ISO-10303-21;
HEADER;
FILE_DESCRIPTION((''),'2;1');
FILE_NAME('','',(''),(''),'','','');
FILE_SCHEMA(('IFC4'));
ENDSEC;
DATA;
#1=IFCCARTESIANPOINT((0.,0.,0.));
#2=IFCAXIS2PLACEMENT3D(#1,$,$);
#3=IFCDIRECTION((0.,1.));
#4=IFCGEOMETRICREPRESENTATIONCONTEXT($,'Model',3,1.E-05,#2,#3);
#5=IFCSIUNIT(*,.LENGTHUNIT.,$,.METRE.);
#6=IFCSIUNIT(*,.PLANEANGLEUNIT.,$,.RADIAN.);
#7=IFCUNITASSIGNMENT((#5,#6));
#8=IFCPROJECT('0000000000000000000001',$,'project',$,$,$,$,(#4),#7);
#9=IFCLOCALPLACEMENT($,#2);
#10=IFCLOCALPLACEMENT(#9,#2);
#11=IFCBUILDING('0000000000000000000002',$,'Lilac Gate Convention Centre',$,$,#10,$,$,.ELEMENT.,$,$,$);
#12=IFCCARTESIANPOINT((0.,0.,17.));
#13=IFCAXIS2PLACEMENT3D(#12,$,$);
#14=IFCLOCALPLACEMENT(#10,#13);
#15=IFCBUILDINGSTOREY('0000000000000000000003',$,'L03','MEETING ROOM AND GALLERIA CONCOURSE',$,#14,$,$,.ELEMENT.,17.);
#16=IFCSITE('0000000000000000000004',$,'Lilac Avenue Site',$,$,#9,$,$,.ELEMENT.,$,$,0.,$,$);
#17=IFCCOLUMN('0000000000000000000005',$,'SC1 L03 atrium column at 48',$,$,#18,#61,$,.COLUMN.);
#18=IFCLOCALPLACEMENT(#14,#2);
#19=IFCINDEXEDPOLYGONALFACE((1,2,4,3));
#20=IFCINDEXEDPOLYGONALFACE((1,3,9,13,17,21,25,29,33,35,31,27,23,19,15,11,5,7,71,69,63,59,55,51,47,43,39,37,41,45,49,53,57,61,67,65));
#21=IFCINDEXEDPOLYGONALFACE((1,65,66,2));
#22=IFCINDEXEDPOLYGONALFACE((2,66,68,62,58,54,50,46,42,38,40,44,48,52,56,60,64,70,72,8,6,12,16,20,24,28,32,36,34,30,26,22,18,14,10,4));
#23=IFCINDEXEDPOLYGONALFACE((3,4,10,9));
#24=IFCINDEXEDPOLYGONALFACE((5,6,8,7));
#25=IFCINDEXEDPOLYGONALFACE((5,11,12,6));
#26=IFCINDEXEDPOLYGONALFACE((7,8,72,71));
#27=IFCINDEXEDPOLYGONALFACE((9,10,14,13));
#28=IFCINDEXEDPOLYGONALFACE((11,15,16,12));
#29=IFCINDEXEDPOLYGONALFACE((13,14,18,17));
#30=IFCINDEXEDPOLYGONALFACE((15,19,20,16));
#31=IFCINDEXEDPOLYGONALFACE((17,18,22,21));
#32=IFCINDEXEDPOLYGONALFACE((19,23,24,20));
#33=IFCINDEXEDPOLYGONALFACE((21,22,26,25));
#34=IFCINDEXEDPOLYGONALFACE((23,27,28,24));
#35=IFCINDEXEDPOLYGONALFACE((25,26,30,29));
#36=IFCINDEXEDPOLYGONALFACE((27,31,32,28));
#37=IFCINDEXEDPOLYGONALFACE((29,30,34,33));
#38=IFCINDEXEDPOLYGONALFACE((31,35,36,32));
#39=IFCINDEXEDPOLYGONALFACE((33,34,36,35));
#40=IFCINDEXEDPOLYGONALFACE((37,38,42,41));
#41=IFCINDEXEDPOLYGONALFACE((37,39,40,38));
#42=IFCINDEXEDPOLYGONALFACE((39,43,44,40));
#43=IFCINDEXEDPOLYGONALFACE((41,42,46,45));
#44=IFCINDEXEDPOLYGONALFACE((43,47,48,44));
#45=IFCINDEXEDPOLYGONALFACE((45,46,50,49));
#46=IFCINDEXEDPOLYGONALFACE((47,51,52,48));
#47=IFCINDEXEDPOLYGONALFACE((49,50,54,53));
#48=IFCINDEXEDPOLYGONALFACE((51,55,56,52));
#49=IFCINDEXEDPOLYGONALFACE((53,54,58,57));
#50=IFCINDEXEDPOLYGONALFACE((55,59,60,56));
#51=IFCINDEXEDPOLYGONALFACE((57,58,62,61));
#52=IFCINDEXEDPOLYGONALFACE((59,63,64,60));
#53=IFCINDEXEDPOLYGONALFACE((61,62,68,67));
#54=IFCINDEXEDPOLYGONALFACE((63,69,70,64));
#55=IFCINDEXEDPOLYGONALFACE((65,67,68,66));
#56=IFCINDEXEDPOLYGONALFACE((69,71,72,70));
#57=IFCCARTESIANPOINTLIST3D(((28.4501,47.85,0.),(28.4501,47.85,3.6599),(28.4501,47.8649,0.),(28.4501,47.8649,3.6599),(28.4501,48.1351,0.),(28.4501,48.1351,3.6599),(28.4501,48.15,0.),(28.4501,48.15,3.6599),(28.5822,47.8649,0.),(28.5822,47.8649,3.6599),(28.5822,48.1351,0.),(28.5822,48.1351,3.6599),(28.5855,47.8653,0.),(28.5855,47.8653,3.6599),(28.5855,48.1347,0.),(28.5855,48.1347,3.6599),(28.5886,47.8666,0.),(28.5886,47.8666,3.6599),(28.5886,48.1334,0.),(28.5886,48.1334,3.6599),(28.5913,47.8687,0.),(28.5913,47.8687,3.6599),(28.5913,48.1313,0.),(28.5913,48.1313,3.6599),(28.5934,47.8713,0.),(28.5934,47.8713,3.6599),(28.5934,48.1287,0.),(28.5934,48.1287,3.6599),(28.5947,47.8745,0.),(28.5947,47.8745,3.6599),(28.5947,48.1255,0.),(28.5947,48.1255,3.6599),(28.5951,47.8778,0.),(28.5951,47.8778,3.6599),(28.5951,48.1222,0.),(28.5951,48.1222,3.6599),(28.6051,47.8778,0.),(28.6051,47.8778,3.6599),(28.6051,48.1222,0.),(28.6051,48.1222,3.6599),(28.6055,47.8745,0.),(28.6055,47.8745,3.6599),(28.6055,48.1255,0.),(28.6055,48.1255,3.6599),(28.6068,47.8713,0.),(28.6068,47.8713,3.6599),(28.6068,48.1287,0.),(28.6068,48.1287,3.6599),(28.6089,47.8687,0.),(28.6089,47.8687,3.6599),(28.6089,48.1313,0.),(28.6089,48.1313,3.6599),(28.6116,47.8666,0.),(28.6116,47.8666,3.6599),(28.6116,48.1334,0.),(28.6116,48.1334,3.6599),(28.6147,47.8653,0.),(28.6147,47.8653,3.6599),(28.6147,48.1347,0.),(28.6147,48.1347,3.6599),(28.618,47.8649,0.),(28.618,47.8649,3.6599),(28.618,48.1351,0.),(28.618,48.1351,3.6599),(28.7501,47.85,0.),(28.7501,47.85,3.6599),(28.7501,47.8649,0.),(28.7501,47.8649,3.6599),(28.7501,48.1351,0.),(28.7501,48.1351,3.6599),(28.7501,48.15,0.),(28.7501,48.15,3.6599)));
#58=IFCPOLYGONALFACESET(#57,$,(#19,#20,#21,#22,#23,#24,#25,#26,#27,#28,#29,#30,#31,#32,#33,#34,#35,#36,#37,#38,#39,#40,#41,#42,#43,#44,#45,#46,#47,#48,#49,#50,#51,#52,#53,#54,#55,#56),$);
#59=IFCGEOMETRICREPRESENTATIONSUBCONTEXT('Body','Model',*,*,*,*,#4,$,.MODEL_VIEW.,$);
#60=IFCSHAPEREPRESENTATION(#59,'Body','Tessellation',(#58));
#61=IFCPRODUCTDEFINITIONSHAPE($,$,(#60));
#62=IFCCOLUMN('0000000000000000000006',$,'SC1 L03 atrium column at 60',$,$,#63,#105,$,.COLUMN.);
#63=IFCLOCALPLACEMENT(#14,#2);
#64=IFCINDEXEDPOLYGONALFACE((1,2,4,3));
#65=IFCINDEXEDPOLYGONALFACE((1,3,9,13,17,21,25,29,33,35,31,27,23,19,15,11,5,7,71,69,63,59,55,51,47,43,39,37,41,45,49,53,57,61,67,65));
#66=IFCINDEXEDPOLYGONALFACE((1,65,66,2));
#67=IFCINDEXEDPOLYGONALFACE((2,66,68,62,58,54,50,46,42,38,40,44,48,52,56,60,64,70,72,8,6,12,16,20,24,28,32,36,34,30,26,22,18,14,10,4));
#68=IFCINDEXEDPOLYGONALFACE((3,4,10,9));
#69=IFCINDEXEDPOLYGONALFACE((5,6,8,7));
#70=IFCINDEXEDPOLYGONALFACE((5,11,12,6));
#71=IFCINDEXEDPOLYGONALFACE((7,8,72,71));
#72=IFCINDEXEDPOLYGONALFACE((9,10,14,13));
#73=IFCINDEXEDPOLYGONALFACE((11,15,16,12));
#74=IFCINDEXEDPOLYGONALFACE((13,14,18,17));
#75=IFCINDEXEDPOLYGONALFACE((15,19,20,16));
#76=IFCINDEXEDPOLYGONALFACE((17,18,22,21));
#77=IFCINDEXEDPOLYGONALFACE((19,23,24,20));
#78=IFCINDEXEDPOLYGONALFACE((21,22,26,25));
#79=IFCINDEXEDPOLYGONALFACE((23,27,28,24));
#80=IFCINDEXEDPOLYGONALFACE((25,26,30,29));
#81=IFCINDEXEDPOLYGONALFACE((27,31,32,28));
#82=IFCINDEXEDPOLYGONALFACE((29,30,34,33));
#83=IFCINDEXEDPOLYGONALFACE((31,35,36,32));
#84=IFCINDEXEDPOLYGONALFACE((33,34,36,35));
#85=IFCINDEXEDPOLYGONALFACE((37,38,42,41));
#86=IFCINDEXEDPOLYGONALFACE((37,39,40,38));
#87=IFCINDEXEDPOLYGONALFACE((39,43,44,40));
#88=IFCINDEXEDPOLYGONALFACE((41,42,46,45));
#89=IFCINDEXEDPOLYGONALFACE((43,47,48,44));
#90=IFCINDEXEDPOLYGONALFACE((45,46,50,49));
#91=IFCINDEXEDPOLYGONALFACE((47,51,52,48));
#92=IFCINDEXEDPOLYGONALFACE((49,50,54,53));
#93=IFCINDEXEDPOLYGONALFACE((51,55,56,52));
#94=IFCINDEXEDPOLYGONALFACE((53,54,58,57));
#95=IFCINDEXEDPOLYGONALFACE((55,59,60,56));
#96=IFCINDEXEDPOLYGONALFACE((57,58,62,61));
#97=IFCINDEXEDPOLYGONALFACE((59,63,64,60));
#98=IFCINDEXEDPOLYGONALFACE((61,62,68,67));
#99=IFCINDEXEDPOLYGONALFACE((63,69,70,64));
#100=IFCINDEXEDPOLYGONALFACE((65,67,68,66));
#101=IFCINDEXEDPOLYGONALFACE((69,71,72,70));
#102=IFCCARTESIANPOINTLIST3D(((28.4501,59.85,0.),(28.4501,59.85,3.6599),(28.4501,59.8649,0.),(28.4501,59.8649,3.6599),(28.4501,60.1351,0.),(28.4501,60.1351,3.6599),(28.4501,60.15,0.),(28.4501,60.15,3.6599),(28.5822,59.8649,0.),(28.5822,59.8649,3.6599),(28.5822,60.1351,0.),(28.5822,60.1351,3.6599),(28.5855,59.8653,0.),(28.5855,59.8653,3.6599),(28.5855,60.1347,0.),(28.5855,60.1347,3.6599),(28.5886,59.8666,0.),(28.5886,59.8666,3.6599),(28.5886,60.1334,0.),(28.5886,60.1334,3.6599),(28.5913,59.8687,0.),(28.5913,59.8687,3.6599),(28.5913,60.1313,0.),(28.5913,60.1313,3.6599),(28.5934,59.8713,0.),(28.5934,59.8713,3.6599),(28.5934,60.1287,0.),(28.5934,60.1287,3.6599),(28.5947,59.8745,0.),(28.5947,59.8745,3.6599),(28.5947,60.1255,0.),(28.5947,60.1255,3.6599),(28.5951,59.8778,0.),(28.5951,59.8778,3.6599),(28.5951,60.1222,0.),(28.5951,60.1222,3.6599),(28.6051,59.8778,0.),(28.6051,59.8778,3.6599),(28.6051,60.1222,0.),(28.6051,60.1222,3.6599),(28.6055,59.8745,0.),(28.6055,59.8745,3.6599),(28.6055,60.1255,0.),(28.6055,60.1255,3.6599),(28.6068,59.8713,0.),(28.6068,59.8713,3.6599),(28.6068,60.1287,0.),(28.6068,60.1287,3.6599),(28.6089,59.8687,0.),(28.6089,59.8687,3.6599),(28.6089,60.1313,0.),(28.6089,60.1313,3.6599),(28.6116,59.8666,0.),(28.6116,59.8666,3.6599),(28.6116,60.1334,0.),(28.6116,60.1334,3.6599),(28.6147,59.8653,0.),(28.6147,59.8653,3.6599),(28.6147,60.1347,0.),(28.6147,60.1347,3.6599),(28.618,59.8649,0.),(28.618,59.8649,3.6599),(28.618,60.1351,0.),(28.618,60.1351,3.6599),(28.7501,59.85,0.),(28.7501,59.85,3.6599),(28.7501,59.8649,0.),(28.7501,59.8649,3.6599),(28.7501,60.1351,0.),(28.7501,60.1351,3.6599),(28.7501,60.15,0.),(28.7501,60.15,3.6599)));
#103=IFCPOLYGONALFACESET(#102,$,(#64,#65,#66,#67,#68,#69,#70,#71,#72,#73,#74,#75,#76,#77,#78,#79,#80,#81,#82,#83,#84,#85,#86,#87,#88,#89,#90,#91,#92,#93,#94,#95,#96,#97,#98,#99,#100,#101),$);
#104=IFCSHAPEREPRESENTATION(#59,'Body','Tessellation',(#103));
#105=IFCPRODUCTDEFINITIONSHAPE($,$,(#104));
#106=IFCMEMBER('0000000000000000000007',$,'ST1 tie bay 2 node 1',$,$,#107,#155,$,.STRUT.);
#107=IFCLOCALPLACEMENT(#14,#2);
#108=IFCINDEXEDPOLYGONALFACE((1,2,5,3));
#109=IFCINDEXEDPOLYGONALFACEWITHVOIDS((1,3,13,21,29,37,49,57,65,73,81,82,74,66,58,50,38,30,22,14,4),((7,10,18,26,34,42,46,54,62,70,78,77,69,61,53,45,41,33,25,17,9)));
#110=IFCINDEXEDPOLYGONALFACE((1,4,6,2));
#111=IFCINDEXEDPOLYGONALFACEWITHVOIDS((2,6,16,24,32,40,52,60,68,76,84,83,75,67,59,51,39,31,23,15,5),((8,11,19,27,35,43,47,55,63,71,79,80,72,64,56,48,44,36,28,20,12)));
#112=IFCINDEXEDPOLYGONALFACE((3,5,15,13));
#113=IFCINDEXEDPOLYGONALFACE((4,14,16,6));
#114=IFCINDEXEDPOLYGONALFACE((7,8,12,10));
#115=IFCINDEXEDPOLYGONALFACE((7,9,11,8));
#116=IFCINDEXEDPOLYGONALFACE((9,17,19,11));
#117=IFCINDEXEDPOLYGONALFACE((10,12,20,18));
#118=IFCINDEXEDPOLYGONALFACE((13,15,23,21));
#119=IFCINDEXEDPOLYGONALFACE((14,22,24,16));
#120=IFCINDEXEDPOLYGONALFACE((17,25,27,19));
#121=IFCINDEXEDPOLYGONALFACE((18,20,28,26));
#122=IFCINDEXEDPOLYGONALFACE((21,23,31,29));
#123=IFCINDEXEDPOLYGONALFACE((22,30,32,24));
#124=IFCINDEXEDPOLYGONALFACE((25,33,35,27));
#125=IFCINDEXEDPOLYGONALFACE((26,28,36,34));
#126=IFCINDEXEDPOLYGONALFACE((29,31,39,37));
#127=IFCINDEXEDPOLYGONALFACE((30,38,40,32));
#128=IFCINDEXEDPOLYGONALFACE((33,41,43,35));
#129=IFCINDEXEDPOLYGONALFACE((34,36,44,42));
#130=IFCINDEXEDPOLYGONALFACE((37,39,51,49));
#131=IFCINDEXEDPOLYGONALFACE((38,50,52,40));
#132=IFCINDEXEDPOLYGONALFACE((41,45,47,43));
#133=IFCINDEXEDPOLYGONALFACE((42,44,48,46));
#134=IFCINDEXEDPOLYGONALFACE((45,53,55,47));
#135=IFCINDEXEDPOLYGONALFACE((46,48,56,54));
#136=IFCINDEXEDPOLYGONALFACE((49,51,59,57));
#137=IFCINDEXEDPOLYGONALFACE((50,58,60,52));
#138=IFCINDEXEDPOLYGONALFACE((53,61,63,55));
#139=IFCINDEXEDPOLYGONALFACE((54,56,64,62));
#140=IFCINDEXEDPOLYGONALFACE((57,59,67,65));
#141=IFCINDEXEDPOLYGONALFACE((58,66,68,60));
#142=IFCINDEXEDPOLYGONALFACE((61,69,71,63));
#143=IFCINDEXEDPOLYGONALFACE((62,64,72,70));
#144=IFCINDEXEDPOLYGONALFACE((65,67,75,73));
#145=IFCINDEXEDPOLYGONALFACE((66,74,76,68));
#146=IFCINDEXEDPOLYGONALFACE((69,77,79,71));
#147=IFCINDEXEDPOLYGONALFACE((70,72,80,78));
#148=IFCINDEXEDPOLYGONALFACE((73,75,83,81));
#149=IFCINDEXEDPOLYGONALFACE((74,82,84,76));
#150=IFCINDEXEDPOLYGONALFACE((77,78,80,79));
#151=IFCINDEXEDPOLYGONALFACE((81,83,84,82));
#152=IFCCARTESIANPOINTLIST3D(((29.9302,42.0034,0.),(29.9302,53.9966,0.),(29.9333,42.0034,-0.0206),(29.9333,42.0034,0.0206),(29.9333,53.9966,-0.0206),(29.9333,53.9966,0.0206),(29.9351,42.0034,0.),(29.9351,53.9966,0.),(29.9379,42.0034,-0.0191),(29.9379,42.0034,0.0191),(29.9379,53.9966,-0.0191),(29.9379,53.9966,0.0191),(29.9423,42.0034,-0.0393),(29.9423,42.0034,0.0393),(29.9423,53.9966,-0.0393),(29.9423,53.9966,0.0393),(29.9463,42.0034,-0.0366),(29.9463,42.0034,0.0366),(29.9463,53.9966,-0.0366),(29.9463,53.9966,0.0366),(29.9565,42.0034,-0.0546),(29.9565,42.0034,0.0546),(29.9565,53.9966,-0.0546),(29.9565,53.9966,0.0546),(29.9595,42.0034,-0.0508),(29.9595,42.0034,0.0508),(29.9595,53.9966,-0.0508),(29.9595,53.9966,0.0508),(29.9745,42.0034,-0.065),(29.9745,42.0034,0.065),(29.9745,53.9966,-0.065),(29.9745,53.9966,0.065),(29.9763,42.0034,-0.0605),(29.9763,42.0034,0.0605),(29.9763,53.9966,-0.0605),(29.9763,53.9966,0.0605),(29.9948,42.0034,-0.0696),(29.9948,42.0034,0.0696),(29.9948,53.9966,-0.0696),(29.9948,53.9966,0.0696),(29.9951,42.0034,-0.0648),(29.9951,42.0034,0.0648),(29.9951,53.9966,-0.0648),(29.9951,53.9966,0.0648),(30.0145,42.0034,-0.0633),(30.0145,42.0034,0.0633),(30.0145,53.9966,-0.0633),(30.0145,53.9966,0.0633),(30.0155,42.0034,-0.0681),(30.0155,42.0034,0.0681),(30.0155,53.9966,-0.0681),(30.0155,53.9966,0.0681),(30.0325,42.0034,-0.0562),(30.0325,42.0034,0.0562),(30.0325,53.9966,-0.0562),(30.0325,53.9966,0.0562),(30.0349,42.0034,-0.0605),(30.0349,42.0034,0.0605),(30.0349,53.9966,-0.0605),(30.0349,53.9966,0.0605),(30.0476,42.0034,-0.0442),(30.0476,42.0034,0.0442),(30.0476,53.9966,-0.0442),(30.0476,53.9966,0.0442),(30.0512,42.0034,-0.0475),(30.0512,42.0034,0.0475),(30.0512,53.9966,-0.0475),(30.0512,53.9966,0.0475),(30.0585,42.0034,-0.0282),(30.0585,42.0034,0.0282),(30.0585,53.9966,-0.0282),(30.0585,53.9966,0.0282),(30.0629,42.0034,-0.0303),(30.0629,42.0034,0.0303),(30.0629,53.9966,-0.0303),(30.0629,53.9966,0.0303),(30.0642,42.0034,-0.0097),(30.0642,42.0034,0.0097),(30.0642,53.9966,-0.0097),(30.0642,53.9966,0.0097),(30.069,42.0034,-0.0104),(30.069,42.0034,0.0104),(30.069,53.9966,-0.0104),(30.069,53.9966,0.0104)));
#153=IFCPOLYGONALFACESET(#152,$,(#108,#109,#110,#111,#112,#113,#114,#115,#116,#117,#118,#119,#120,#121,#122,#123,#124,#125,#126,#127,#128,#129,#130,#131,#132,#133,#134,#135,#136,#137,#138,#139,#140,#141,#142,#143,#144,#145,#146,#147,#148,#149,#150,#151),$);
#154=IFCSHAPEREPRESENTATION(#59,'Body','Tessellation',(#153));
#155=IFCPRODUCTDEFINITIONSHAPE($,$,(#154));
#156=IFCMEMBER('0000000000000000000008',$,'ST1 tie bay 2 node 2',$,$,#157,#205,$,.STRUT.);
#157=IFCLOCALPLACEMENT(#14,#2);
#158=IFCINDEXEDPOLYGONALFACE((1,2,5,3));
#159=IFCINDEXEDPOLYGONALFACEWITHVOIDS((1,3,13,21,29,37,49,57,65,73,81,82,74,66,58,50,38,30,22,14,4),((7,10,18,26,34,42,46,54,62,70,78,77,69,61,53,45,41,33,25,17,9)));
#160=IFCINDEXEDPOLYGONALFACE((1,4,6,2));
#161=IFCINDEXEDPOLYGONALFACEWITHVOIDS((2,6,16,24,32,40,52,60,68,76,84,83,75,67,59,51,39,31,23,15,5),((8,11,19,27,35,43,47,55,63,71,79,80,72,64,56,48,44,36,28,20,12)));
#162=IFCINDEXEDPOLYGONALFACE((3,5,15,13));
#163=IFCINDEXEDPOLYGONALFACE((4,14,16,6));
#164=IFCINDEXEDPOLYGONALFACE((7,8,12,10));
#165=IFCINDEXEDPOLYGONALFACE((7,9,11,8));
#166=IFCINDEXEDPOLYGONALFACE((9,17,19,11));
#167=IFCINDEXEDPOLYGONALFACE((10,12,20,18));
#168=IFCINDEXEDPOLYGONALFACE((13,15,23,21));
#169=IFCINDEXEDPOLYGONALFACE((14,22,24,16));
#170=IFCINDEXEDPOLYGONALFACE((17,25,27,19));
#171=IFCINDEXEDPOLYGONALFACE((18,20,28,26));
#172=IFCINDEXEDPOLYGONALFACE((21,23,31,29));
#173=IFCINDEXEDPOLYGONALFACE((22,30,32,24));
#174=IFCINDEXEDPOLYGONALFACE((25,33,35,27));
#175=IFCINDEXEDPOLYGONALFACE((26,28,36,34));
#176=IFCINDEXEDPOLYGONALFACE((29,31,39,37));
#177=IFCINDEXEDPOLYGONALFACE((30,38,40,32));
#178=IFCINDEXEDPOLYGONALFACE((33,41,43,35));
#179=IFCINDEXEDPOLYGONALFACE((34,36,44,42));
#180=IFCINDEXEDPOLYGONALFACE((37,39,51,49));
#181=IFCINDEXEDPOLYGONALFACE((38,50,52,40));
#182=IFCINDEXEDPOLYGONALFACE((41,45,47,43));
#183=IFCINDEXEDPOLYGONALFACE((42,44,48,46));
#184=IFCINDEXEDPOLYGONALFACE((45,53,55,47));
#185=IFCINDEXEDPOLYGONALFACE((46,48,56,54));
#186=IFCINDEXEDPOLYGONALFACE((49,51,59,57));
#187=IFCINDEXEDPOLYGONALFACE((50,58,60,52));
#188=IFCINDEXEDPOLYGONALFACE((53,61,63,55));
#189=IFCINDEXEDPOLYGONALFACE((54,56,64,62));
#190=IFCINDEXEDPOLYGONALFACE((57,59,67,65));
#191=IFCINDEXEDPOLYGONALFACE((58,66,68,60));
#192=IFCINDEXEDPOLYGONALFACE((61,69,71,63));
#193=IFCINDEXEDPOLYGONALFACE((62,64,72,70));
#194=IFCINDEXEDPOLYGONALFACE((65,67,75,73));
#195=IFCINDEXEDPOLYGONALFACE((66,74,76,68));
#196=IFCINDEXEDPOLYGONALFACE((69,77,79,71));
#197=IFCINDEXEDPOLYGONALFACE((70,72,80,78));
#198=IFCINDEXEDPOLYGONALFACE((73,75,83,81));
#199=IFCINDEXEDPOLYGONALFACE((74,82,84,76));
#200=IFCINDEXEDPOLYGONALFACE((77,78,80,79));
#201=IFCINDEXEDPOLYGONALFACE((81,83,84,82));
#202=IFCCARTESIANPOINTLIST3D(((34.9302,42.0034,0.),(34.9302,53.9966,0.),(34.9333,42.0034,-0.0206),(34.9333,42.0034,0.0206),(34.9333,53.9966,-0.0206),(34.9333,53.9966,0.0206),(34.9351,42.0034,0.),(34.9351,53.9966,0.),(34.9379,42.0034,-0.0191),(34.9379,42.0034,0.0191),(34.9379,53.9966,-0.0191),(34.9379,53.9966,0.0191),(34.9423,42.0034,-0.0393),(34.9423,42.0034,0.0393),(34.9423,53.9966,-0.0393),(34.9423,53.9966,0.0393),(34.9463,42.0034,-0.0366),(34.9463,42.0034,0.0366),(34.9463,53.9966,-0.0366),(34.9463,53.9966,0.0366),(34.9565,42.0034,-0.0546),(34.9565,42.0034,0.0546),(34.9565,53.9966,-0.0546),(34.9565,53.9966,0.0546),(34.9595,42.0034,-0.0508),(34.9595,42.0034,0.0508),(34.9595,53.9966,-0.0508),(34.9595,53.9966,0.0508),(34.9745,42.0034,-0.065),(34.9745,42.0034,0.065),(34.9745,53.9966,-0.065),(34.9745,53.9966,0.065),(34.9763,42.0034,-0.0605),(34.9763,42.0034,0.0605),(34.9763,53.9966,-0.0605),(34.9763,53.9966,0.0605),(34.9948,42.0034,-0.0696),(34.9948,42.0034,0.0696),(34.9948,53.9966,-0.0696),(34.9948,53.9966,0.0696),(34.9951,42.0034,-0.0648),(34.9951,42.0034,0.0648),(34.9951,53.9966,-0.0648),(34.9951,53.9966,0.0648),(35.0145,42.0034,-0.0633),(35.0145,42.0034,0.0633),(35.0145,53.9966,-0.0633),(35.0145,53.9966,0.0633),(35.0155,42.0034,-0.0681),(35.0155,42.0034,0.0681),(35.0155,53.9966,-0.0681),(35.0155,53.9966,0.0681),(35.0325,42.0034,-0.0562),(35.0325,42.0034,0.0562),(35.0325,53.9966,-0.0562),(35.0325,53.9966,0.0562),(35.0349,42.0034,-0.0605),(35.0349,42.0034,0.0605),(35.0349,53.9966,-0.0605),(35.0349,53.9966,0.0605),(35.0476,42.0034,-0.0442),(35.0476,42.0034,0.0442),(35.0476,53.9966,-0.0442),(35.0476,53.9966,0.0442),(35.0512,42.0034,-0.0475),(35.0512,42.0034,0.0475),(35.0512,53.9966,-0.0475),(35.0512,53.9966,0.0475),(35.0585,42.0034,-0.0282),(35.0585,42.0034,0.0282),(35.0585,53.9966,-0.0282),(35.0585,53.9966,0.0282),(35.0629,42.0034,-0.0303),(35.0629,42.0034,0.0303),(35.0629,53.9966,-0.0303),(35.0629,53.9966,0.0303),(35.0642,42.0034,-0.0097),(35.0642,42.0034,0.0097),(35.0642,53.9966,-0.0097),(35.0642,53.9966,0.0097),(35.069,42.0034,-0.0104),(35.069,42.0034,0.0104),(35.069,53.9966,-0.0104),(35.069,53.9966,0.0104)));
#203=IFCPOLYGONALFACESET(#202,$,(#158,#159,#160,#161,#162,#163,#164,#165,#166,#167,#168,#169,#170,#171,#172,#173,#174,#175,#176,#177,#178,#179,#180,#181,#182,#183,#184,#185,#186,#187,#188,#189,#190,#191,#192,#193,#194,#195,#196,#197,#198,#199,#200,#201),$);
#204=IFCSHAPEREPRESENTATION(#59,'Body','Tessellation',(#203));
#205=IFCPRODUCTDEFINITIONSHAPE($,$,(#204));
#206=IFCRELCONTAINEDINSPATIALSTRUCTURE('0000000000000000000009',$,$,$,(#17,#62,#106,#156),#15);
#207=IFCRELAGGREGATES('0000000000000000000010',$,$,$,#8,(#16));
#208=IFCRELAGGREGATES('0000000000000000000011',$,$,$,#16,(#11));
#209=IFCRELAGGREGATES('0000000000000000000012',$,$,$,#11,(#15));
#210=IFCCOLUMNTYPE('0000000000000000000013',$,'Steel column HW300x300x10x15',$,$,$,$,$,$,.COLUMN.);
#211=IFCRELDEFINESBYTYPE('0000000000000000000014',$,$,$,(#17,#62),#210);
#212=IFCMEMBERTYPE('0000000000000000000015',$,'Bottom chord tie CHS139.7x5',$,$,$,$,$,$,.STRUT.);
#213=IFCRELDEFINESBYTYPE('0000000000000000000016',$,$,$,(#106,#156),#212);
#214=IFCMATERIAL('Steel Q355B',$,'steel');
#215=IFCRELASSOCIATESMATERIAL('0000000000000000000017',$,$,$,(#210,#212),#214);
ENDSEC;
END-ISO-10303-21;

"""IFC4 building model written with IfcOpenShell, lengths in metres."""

from ifc_helpers import new_model, si_unit, direction, frame, origin, origin_2d, place, context, subcontext, project, spatial, hollow_circle, i_section, extrude, material, material_profile, profile_set, type_object, element, save


model = new_model("IFC4")

# Units and contexts
model_context = context("Model", 3, precision=1e-05, world=origin(), true_north=direction((0.0, 1.0)))
body_context = subcontext(model_context, "Body", "Model", "MODEL_VIEW")
ifc_project = project(units=[si_unit("LENGTHUNIT", "METRE"), si_unit("PLANEANGLEUNIT", "RADIAN")], contexts=[model_context])

# Site, building, storey
site_placement = place(None, origin())
site = spatial("IfcSite", under=ifc_project, at=site_placement, Name="Lilac Avenue Site", CompositionType="ELEMENT", RefElevation=0.0)
building_placement = place(site_placement, origin())
building = spatial("IfcBuilding", under=site, at=building_placement, Name="Lilac Gate Convention Centre", CompositionType="ELEMENT")
storey_placement = place(building_placement, frame((0.0, 0.0, 17.0)))
storey = spatial("IfcBuildingStorey", under=building, at=storey_placement, Name="L03", Description="MEETING ROOM AND GALLERIA CONCOURSE", CompositionType="ELEMENT", Elevation=17.0)

# Columns
ifc_material_1 = material(Name="Steel Q355B", Category="steel")
ifc_material_profile_1 = material_profile(ifc_material_1, i_section(OverallWidth=0.3, OverallDepth=0.3, WebThickness=0.01, FlangeThickness=0.0149, FilletRadius=0.0129, at=origin_2d()), Name="HW300x300x10x15")
ifc_profile_set_1 = profile_set([ifc_material_profile_1], Name="Steel Q355B")
column_type = type_object("IfcColumnType", Name="Steel column HW300x300x10x15", PredefinedType="COLUMN", material=ifc_profile_set_1)
for number, where, z_axis, x_axis, name in (
    (1, (28.6001, 48.0, 0.0), (0.0, 0.0, 1.0), (1.0, 0.0, 0.0), "SC1 L03 atrium column at 48"),
    (2, (28.6001, 60.0, 0.0), (0.0, 0.0, 1.0), (1.0, 0.0, 0.0), "SC1 L03 atrium column at 60"),
):
    element("IfcColumn", number, at=place(storey_placement, frame(where, z_axis=z_axis, x_axis=x_axis)), inside=storey, type_object=column_type, Name=name, PredefinedType="COLUMN", context=body_context, shape_type="SweptSolid", body=[
        extrude(i_section(OverallWidth=0.3, OverallDepth=0.3, WebThickness=0.01, FlangeThickness=0.0149, FilletRadius=0.0129, at=origin_2d()), origin(), (0.0, 0.0, 1.0), 3.6599),
    ])

# Members
ifc_material_profile_2 = material_profile(ifc_material_1, hollow_circle(Radius=0.0698, WallThickness=0.0049, at=origin_2d()), Name="CHS139.7x5")
ifc_profile_set_2 = profile_set([ifc_material_profile_2], Name="Steel Q355B")
member_type_1 = type_object("IfcMemberType", Name="Bottom chord tie CHS139.7x5", PredefinedType="STRUT", material=ifc_profile_set_2)
for number, where, z_axis, x_axis, name in (
    (3, (30.0, 42.0034, 0.0), (0.0, 1.0, 0.0), (-1.0, 0.0, 0.0), "ST1 tie bay 2 node 1"),
    (4, (35.0, 42.0034, 0.0), (0.0, 1.0, 0.0), (-1.0, 0.0, 0.0), "ST1 tie bay 2 node 2"),
):
    element("IfcMember", number, at=place(storey_placement, frame(where, z_axis=z_axis, x_axis=x_axis)), inside=storey, type_object=member_type_1, Name=name, PredefinedType="STRUT", context=body_context, shape_type="SweptSolid", body=[
        extrude(hollow_circle(Radius=0.0698, WallThickness=0.0049, at=origin_2d()), origin(), (0.0, 0.0, 1.0), 11.9932),
    ])

save(model, "model.ifc")
